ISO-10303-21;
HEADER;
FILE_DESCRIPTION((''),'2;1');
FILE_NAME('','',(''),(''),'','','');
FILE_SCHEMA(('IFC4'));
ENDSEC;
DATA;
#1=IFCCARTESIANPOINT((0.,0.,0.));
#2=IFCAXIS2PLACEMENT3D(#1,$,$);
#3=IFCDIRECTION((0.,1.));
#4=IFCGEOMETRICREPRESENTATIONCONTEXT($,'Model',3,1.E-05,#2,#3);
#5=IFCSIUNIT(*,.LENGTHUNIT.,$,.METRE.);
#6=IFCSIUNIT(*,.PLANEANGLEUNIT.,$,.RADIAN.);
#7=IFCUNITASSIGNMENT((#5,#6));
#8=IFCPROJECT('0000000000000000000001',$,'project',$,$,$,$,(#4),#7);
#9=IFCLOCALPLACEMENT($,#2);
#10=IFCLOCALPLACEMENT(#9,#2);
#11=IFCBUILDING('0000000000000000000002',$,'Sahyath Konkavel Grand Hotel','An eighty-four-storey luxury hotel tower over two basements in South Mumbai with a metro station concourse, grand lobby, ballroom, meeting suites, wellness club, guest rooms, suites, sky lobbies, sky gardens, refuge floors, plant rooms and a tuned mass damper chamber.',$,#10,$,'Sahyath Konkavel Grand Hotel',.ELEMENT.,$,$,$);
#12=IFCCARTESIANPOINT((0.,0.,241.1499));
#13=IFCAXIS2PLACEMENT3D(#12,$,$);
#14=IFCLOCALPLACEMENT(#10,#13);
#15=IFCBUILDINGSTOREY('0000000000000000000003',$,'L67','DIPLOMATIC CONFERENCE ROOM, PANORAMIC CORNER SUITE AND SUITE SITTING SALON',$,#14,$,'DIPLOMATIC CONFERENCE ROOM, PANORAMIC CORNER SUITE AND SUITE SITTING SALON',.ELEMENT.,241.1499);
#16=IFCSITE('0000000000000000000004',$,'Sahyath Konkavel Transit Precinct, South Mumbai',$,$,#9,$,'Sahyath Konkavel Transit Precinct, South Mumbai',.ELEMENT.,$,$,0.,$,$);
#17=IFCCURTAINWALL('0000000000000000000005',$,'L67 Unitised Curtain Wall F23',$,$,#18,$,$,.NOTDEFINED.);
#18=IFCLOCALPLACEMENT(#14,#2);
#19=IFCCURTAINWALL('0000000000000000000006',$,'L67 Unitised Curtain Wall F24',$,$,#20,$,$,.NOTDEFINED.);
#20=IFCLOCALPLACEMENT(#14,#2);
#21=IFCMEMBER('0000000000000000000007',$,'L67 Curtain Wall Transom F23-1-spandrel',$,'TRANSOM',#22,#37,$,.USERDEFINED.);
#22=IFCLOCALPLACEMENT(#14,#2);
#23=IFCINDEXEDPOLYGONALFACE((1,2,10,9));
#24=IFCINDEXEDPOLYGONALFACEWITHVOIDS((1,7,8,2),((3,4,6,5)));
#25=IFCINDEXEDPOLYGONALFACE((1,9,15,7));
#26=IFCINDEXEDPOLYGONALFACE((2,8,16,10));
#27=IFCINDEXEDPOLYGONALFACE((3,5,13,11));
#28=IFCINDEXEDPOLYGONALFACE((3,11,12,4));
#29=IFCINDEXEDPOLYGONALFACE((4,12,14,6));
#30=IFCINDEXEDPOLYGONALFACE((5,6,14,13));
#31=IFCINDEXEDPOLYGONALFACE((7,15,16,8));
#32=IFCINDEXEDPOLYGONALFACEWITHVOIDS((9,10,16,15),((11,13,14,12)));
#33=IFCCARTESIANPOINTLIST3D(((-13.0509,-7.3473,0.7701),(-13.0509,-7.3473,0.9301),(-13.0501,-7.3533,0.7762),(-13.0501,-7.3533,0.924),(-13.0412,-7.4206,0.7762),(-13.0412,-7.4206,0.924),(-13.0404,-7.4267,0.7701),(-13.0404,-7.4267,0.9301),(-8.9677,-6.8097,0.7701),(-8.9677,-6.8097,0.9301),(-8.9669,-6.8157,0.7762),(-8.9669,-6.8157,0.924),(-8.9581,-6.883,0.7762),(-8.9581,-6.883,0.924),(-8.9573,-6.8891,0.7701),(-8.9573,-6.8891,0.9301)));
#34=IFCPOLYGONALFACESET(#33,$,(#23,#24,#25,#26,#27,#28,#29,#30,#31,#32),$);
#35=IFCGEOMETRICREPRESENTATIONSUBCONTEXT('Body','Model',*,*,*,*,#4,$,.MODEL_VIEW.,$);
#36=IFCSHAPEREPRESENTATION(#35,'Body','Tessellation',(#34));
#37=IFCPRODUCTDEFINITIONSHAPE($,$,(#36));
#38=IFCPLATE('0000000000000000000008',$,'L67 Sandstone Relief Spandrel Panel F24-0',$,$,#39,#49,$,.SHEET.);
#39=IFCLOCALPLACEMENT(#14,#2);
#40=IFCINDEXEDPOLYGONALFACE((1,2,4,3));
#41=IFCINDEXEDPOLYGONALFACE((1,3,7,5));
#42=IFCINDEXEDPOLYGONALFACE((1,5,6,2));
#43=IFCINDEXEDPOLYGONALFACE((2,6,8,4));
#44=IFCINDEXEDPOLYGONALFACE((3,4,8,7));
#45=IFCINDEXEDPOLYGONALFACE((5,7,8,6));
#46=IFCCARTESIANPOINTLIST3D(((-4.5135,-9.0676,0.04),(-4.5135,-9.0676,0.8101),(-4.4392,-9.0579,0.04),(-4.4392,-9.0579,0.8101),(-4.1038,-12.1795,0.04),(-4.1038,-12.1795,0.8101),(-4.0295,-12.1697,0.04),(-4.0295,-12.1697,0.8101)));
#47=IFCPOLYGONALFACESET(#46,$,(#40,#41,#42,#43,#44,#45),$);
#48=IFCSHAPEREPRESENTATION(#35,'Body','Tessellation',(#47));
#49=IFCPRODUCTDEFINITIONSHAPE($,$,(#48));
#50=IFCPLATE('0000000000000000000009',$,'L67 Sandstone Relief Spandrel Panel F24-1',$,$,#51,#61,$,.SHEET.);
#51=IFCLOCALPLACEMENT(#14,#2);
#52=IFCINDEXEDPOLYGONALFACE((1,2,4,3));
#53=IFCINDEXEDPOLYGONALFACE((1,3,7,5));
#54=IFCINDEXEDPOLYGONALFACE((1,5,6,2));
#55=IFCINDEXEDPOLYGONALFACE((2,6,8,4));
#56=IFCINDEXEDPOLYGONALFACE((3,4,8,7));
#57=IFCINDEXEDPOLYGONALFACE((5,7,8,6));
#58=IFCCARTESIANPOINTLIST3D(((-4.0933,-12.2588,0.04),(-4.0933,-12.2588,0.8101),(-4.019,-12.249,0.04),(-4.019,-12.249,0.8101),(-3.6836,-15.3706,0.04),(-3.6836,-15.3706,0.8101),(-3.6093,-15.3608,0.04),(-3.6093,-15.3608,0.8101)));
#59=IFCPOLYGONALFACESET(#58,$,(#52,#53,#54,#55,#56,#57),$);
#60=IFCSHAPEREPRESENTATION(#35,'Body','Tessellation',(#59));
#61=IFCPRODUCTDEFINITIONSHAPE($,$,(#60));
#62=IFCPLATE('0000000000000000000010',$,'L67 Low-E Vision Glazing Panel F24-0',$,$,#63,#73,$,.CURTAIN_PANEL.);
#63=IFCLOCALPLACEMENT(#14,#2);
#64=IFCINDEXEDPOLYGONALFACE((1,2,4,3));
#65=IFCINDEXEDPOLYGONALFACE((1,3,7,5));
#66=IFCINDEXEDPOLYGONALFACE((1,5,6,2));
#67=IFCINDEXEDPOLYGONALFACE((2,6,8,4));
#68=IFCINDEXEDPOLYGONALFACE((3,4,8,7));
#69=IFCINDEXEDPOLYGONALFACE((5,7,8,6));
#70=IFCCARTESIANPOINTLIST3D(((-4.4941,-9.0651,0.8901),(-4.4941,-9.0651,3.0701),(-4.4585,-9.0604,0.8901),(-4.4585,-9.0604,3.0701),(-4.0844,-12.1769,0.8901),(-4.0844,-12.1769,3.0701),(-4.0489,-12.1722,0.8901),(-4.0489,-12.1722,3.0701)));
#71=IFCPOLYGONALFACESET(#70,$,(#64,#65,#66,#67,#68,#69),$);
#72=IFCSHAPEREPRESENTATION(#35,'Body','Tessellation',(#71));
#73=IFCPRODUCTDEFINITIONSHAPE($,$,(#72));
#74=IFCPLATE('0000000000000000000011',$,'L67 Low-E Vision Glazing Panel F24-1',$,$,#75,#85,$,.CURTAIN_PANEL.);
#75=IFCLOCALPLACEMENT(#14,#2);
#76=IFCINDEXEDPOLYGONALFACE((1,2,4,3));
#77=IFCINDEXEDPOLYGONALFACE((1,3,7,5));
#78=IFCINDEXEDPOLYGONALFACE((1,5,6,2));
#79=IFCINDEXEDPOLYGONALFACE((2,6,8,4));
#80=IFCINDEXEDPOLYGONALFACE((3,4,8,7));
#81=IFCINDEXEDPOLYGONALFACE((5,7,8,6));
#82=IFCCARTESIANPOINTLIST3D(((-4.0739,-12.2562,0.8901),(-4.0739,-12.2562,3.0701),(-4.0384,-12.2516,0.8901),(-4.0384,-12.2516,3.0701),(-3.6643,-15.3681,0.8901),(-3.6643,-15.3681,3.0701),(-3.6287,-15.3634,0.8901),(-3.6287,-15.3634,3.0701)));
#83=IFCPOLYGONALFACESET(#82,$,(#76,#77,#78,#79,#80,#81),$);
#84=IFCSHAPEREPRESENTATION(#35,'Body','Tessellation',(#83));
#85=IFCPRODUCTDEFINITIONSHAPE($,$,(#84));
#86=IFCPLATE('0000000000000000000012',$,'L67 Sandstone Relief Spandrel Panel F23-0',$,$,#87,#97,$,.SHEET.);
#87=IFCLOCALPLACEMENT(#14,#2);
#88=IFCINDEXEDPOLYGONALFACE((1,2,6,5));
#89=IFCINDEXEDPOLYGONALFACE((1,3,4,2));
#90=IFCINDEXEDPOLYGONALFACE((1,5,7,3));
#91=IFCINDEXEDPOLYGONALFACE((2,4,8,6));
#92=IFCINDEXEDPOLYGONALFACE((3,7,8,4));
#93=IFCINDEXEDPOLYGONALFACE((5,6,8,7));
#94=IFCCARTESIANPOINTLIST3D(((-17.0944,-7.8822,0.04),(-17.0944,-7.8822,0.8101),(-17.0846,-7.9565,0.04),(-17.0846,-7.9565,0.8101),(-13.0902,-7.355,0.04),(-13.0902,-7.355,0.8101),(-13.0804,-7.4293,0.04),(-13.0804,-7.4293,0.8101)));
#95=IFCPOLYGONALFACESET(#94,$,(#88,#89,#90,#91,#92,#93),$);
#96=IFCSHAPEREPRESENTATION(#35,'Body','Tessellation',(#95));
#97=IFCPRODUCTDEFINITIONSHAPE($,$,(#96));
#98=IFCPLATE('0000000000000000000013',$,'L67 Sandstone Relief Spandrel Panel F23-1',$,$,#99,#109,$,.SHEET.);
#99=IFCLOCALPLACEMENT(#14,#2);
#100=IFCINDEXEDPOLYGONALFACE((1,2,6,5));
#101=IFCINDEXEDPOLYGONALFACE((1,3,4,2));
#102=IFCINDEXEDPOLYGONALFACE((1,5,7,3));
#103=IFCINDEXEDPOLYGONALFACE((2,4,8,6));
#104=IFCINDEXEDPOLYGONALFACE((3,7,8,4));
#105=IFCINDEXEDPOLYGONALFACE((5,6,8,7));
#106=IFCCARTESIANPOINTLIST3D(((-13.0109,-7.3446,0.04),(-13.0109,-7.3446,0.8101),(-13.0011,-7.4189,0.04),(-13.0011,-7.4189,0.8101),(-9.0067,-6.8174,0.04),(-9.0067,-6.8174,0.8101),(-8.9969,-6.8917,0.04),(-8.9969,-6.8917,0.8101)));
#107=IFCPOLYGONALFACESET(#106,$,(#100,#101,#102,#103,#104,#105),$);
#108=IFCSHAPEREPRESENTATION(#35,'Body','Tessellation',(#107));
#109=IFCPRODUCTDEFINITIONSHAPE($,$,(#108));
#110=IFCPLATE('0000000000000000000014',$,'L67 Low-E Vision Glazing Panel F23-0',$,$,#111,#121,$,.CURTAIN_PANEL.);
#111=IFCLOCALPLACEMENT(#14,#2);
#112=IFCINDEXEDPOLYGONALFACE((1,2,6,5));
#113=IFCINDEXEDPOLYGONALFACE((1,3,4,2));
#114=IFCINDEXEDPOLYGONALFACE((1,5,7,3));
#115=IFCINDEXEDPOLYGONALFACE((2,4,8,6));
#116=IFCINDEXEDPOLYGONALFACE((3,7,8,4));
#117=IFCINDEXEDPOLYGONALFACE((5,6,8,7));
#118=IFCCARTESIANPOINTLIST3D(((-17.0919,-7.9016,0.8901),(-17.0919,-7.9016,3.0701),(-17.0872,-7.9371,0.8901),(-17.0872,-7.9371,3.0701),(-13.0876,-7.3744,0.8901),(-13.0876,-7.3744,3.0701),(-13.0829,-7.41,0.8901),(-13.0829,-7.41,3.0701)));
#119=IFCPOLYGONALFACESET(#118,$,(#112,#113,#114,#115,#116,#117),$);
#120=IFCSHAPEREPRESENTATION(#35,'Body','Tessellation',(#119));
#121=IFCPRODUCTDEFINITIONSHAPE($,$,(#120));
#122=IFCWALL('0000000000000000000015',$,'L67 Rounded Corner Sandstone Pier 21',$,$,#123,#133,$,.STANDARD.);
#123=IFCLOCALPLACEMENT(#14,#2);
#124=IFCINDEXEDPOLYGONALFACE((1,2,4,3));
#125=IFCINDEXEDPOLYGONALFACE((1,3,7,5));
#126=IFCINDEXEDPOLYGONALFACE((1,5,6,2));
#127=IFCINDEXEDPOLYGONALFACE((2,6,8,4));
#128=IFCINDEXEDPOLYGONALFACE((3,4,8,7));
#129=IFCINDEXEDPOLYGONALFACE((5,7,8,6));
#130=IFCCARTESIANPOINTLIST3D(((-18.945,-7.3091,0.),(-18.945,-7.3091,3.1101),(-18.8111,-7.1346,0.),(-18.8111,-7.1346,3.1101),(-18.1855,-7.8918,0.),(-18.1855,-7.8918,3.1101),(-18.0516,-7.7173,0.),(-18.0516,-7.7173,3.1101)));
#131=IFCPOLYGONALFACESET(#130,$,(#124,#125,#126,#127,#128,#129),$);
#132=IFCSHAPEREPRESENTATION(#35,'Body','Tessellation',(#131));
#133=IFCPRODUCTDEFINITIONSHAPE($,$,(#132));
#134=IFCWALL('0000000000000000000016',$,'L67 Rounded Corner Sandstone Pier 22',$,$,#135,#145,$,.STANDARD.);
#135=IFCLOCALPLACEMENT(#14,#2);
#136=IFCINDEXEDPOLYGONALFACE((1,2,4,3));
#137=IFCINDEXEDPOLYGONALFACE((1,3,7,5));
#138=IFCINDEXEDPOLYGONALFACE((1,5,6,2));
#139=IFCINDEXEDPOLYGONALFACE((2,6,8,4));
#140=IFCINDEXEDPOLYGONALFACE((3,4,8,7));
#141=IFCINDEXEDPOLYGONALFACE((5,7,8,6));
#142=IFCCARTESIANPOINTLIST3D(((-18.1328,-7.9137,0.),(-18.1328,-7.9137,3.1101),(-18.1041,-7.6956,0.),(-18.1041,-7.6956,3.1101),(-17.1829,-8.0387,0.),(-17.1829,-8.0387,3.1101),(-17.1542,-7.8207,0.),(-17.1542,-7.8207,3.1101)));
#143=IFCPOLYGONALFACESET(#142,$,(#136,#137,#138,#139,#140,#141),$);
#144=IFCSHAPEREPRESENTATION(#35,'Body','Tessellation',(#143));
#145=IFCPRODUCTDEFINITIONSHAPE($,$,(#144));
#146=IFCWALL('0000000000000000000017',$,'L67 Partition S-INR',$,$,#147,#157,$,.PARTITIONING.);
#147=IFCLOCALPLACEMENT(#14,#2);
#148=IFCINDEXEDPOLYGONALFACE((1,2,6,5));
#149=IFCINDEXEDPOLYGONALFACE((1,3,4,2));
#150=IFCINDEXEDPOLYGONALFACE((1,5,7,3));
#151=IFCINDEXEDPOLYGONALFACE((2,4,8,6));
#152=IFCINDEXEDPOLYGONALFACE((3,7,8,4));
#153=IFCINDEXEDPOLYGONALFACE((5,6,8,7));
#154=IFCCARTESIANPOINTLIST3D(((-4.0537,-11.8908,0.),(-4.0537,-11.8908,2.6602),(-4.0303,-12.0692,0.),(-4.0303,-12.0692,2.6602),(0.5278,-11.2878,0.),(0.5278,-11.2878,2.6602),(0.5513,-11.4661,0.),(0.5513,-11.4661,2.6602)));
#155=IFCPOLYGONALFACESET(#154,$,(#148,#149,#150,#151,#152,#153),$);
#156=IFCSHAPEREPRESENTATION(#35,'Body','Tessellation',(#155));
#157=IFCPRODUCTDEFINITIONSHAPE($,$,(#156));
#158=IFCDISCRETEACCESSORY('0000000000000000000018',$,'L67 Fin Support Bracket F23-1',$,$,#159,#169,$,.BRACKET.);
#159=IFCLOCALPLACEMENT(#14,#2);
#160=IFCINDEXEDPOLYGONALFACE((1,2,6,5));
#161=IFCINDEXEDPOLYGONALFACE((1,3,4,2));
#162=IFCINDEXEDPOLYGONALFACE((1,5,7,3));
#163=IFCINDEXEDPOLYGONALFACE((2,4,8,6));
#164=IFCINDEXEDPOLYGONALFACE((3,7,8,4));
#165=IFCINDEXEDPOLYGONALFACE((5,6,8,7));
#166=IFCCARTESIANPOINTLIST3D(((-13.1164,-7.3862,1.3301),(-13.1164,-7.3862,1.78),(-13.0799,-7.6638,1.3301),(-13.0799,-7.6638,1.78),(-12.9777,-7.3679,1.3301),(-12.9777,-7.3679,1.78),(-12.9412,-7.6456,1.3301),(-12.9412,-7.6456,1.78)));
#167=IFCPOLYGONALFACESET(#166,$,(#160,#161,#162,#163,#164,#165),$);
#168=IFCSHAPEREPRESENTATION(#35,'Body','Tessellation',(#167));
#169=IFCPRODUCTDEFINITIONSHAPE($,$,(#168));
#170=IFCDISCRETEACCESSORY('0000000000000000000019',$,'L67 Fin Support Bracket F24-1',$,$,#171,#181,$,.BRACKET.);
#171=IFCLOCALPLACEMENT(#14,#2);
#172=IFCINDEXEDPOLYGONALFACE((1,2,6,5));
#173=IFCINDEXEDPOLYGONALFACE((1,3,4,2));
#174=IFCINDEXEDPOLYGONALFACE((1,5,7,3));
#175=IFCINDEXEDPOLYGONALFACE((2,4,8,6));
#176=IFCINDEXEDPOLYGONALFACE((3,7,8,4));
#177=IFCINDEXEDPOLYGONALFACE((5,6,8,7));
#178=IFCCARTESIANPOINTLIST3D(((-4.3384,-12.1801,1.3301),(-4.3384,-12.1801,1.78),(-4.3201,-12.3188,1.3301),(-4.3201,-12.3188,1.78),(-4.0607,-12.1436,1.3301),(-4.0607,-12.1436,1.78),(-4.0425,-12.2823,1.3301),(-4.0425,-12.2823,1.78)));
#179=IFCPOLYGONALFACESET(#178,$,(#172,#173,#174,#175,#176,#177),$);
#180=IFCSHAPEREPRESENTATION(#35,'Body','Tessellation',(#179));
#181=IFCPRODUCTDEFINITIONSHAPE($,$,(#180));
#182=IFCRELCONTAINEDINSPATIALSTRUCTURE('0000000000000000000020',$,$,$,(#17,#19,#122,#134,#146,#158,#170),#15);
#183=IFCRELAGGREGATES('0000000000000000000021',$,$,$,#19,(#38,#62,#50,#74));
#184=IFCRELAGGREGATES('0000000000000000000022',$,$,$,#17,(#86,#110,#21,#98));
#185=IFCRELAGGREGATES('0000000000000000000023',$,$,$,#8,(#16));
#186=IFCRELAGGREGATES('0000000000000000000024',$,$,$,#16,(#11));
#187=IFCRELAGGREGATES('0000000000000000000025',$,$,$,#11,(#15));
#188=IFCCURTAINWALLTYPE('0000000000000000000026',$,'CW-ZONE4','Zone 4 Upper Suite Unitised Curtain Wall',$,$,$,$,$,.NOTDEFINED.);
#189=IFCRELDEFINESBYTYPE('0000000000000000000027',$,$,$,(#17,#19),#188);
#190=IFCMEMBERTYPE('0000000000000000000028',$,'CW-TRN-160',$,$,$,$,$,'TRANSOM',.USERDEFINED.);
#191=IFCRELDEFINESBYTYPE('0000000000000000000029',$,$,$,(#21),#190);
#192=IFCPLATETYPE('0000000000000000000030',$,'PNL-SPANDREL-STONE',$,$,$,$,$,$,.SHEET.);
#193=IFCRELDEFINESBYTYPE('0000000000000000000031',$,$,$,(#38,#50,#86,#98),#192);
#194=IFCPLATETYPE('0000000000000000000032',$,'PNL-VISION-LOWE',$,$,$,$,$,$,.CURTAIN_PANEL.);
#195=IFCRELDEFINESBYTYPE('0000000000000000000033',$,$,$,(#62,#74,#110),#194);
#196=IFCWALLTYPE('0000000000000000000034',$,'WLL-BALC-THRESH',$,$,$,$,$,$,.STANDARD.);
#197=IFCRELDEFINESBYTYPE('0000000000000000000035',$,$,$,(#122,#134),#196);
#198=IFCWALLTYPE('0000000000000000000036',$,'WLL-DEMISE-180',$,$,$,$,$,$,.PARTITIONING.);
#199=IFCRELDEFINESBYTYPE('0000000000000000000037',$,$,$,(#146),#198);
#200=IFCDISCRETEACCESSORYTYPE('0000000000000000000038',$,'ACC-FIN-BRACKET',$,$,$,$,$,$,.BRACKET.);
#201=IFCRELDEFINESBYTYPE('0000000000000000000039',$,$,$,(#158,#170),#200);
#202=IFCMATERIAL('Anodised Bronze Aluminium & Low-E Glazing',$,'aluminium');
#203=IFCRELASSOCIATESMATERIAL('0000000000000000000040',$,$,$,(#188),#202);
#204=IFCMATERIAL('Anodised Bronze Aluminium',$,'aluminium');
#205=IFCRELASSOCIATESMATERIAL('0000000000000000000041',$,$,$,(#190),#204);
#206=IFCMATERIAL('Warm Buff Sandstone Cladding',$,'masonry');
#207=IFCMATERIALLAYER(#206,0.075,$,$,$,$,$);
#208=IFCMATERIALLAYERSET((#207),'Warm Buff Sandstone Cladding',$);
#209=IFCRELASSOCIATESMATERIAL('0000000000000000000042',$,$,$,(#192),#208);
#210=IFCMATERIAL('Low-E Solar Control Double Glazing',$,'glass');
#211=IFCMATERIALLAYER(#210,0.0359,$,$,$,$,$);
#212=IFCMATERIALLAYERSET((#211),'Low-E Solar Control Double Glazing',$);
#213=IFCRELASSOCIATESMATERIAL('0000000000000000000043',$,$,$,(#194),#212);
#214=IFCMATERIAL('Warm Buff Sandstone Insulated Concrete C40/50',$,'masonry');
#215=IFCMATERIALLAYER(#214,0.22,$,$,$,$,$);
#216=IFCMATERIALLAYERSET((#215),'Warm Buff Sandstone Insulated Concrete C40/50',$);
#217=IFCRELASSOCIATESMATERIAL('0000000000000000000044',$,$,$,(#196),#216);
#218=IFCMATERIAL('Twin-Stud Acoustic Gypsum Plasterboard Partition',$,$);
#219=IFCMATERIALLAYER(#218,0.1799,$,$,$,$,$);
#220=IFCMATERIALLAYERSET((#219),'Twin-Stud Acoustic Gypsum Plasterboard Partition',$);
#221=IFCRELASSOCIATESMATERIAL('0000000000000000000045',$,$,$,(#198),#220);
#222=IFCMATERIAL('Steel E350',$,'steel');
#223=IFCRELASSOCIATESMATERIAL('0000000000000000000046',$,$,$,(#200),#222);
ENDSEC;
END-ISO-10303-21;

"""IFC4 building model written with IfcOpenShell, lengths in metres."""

from ifc_helpers import new_model, si_unit, direction, frame, frame_2d, origin, origin_2d, place, context, subcontext, project, spatial, rectangle, hollow_rectangle, extrude, source, transform, mapped, material, layer, layer_set, material_profile, profile_set, type_object, element, aggregate, save


model = new_model("IFC4")

# Units and contexts
model_context = context("Model", 3, precision=1e-05, world=origin(), true_north=direction((0.0, 1.0)))
body_context = subcontext(model_context, "Body", "Model", "MODEL_VIEW")
ifc_project = project(units=[si_unit("LENGTHUNIT", "METRE"), si_unit("PLANEANGLEUNIT", "RADIAN")], contexts=[model_context])

# Site, building, storey
site_placement = place(None, origin())
site = spatial("IfcSite", under=ifc_project, at=site_placement, Name="Sahyath Konkavel Transit Precinct, South Mumbai", LongName="Sahyath Konkavel Transit Precinct, South Mumbai", CompositionType="ELEMENT", RefElevation=0.0)
building_placement = place(site_placement, origin())
building = spatial("IfcBuilding", under=site, at=building_placement, Name="Sahyath Konkavel Grand Hotel", Description="An eighty-four-storey luxury hotel tower over two basements in South Mumbai with a metro station concourse, grand lobby, ballroom, meeting suites, wellness club, guest rooms, suites, sky lobbies, sky gardens, refuge floors, plant rooms and a tuned mass damper chamber.", LongName="Sahyath Konkavel Grand Hotel", CompositionType="ELEMENT")
storey_placement = place(building_placement, frame((0.0, 0.0, 241.1499)))
storey = spatial("IfcBuildingStorey", under=building, at=storey_placement, Name="L67", Description="DIPLOMATIC CONFERENCE ROOM, PANORAMIC CORNER SUITE AND SUITE SITTING SALON", LongName="DIPLOMATIC CONFERENCE ROOM, PANORAMIC CORNER SUITE AND SUITE SITTING SALON", CompositionType="ELEMENT", Elevation=241.1499)

# Curtain walls
ifc_material_1 = material(Name="Anodised Bronze Aluminium & Low-E Glazing", Category="aluminium")
curtain_wall_type = type_object("IfcCurtainWallType", Name="CW-ZONE4", Description="Zone 4 Upper Suite Unitised Curtain Wall", PredefinedType="NOTDEFINED", material=ifc_material_1)
curtain_wall_1_placement = place(storey_placement, origin())
curtain_wall_1 = element("IfcCurtainWall", 1, at=curtain_wall_1_placement, inside=storey, type_object=curtain_wall_type, Name="L67 Unitised Curtain Wall F23", PredefinedType="NOTDEFINED")
curtain_wall_2_placement = place(storey_placement, origin())
curtain_wall_2 = element("IfcCurtainWall", 2, at=curtain_wall_2_placement, inside=storey, type_object=curtain_wall_type, Name="L67 Unitised Curtain Wall F24", PredefinedType="NOTDEFINED")
ifc_material_2 = material(Name="Anodised Bronze Aluminium", Category="aluminium")

# Member
ifc_material_profile_1 = material_profile(ifc_material_2, hollow_rectangle(XDim=0.0801, YDim=0.1599, WallThickness=0.0061, at=origin_2d()), Name="RHS 160x80x6")
ifc_profile_set_1 = profile_set([ifc_material_profile_1], Name="Anodised Bronze Aluminium")
member_type_1 = type_object("IfcMemberType", Name="CW-TRN-160", ElementType="TRANSOM", PredefinedType="USERDEFINED", material=ifc_profile_set_1)
shared_shape_1 = source(origin(), body_context, "Body", "SweptSolid", [
    extrude(hollow_rectangle(XDim=0.0801, YDim=0.1599, WallThickness=0.0061, at=origin_2d()), origin(), (0.0, 0.0, 1.0), 4.1184),
])
member_1_placement = place(storey_placement, frame((-13.0457, -7.387, 0.8501), z_axis=(0.991444, 0.130533, 0.0), x_axis=(-0.130533, 0.991444, 0.0)))
member_1 = element("IfcMember", 3, at=member_1_placement, type_object=member_type_1, Name="L67 Curtain Wall Transom F23-1-spandrel", ObjectType="TRANSOM", PredefinedType="USERDEFINED", context=body_context, shape_type="MappedRepresentation", body=[
    mapped(shared_shape_1, transform((0.0, 0.0, 0.0), scale=1.0)),
])

# Plates
ifc_material_3 = material(Name="Warm Buff Sandstone Cladding", Category="masonry")
ifc_layer_1 = layer(ifc_material_3, 0.075)
ifc_layer_set_1 = layer_set([ifc_layer_1], Name="Warm Buff Sandstone Cladding")
plate_type_1 = type_object("IfcPlateType", Name="PNL-SPANDREL-STONE", PredefinedType="SHEET", material=ifc_layer_set_1)
shared_shape_2 = source(origin(), body_context, "Body", "SweptSolid", [
    extrude(rectangle(XDim=3.1387, YDim=0.075, at=origin_2d()), origin(), (0.0, 0.0, 1.0), 0.77),
])
plate_1_placement = place(storey_placement, frame((-4.2715, -10.6187, 0.04), z_axis=(0.0, 0.0, 1.0), x_axis=(0.130526, -0.991445, 0.0)))
plate_1 = element("IfcPlate", 4, at=plate_1_placement, type_object=plate_type_1, Name="L67 Sandstone Relief Spandrel Panel F24-0", PredefinedType="SHEET", context=body_context, shape_type="MappedRepresentation", body=[
    mapped(shared_shape_2, transform((0.0, 0.0, 0.0), scale=1.0)),
])
plate_2_placement = place(storey_placement, frame((-3.8513, -13.8098, 0.04), z_axis=(0.0, 0.0, 1.0), x_axis=(0.130526, -0.991445, 0.0)))
plate_2 = element("IfcPlate", 5, at=plate_2_placement, type_object=plate_type_1, Name="L67 Sandstone Relief Spandrel Panel F24-1", PredefinedType="SHEET", context=body_context, shape_type="MappedRepresentation", body=[
    mapped(shared_shape_2, transform((0.0, 0.0, 0.0), scale=1.0)),
])
ifc_material_4 = material(Name="Low-E Solar Control Double Glazing", Category="glass")
ifc_layer_2 = layer(ifc_material_4, 0.0359)
ifc_layer_set_2 = layer_set([ifc_layer_2], Name="Low-E Solar Control Double Glazing")
plate_type_2 = type_object("IfcPlateType", Name="PNL-VISION-LOWE", PredefinedType="CURTAIN_PANEL", material=ifc_layer_set_2)
shared_shape_3 = source(origin(), body_context, "Body", "SweptSolid", [
    extrude(rectangle(XDim=3.1387, YDim=0.0359, at=origin_2d()), origin(), (0.0, 0.0, 1.0), 2.1799),
])
plate_3_placement = place(storey_placement, frame((-4.2715, -10.6187, 0.8901), z_axis=(0.0, 0.0, 1.0), x_axis=(0.130526, -0.991445, 0.0)))
plate_3 = element("IfcPlate", 6, at=plate_3_placement, type_object=plate_type_2, Name="L67 Low-E Vision Glazing Panel F24-0", PredefinedType="CURTAIN_PANEL", context=body_context, shape_type="MappedRepresentation", body=[
    mapped(shared_shape_3, transform((0.0, 0.0, 0.0), scale=1.0)),
])
plate_4_placement = place(storey_placement, frame((-3.8513, -13.8098, 0.8901), z_axis=(0.0, 0.0, 1.0), x_axis=(0.130526, -0.991445, 0.0)))
plate_4 = element("IfcPlate", 7, at=plate_4_placement, type_object=plate_type_2, Name="L67 Low-E Vision Glazing Panel F24-1", PredefinedType="CURTAIN_PANEL", context=body_context, shape_type="MappedRepresentation", body=[
    mapped(shared_shape_3, transform((0.0, 0.0, 0.0), scale=1.0)),
])
aggregate(curtain_wall_2, [plate_1, plate_3, plate_2, plate_4])
shared_shape_4 = source(origin(), body_context, "Body", "SweptSolid", [
    extrude(rectangle(XDim=4.0388, YDim=0.075, at=origin_2d()), origin(), (0.0, 0.0, 1.0), 0.77),
])
plate_5_placement = place(storey_placement, frame((-15.0874, -7.6558, 0.04), z_axis=(0.0, 0.0, 1.0), x_axis=(0.991445, 0.130526, 0.0)))
plate_5 = element("IfcPlate", 8, at=plate_5_placement, type_object=plate_type_1, Name="L67 Sandstone Relief Spandrel Panel F23-0", PredefinedType="SHEET", context=body_context, shape_type="MappedRepresentation", body=[
    mapped(shared_shape_4, transform((0.0, 0.0, 0.0), scale=1.0)),
])
plate_6_placement = place(storey_placement, frame((-11.0039, -7.1182, 0.04), z_axis=(0.0, 0.0, 1.0), x_axis=(0.991445, 0.130526, 0.0)))
plate_6 = element("IfcPlate", 9, at=plate_6_placement, type_object=plate_type_1, Name="L67 Sandstone Relief Spandrel Panel F23-1", PredefinedType="SHEET", context=body_context, shape_type="MappedRepresentation", body=[
    mapped(shared_shape_4, transform((0.0, 0.0, 0.0), scale=1.0)),
])
shared_shape_5 = source(origin(), body_context, "Body", "SweptSolid", [
    extrude(rectangle(XDim=4.0388, YDim=0.0359, at=origin_2d()), origin(), (0.0, 0.0, 1.0), 2.1799),
])
plate_7_placement = place(storey_placement, frame((-15.0874, -7.6558, 0.8901), z_axis=(0.0, 0.0, 1.0), x_axis=(0.991445, 0.130526, 0.0)))
plate_7 = element("IfcPlate", 10, at=plate_7_placement, type_object=plate_type_2, Name="L67 Low-E Vision Glazing Panel F23-0", PredefinedType="CURTAIN_PANEL", context=body_context, shape_type="MappedRepresentation", body=[
    mapped(shared_shape_5, transform((0.0, 0.0, 0.0), scale=1.0)),
])
aggregate(curtain_wall_1, [plate_5, plate_7, member_1, plate_6])

# Walls
ifc_material_5 = material(Name="Warm Buff Sandstone Insulated Concrete C40/50", Category="masonry")
ifc_layer_3 = layer(ifc_material_5, 0.22)
ifc_layer_set_3 = layer_set([ifc_layer_3], Name="Warm Buff Sandstone Insulated Concrete C40/50")
wall_type_1 = type_object("IfcWallType", Name="WLL-BALC-THRESH", PredefinedType="STANDARD", material=ifc_layer_set_3)
wall_1_placement = place(storey_placement, frame((-18.8779, -7.2219, 0.0), z_axis=(0.0, 0.0, 1.0), x_axis=(0.793372, -0.608737, 0.0)))
element("IfcWall", 11, at=wall_1_placement, inside=storey, type_object=wall_type_1, Name="L67 Rounded Corner Sandstone Pier 21", PredefinedType="STANDARD", context=body_context, shape_type="SweptSolid", body=[
    extrude(rectangle(XDim=0.9573, YDim=0.22, at=frame_2d((0.4785, 0.0))), origin(), (0.0, 0.0, 1.0), 3.1101),
])
wall_2_placement = place(storey_placement, frame((-18.1184, -7.8047, 0.0), z_axis=(0.0, 0.0, 1.0), x_axis=(0.991449, -0.130494, 0.0)))
element("IfcWall", 12, at=wall_2_placement, inside=storey, type_object=wall_type_1, Name="L67 Rounded Corner Sandstone Pier 22", PredefinedType="STANDARD", context=body_context, shape_type="SweptSolid", body=[
    extrude(rectangle(XDim=0.958, YDim=0.22, at=frame_2d((0.479, 0.0))), origin(), (0.0, 0.0, 1.0), 3.1101),
])
ifc_material_6 = material(Name="Twin-Stud Acoustic Gypsum Plasterboard Partition")
ifc_layer_4 = layer(ifc_material_6, 0.1799)
ifc_layer_set_4 = layer_set([ifc_layer_4], Name="Twin-Stud Acoustic Gypsum Plasterboard Partition")
wall_type_2 = type_object("IfcWallType", Name="WLL-DEMISE-180", PredefinedType="PARTITIONING", material=ifc_layer_set_4)
wall_3_placement = place(storey_placement, frame((-4.042, -11.98, 0.0), z_axis=(0.0, 0.0, 1.0), x_axis=(0.991449, 0.130496, 0.0)))
element("IfcWall", 13, at=wall_3_placement, inside=storey, type_object=wall_type_2, Name="L67 Partition S-INR", PredefinedType="PARTITIONING", context=body_context, shape_type="SweptSolid", body=[
    extrude(rectangle(XDim=4.6211, YDim=0.1799, at=frame_2d((2.3105, 0.0))), origin(), (0.0, 0.0, 1.0), 2.6602),
])

# Discrete accessories
ifc_material_7 = material(Name="Steel E350", Category="steel")
discrete_accessory_type = type_object("IfcDiscreteAccessoryType", Name="ACC-FIN-BRACKET", PredefinedType="BRACKET", material=ifc_material_7)
shared_shape_6 = source(origin(), body_context, "Body", "SweptSolid", [
    extrude(rectangle(XDim=0.28, YDim=0.1399, at=origin_2d()), origin(), (0.0, 0.0, 1.0), 0.45),
])
for number, where, z_axis, x_axis, name in (
    (14, (-13.0288, -7.5159, 1.3301), (0.0, 0.0, 1.0), (0.130526, -0.991445, 0.0), "L67 Fin Support Bracket F23-1"),
    (15, (-4.1904, -12.2312, 1.3301), (0.0, 0.0, 1.0), (-0.991445, -0.130526, 0.0), "L67 Fin Support Bracket F24-1"),
):
    element("IfcDiscreteAccessory", number, at=place(storey_placement, frame(where, z_axis=z_axis, x_axis=x_axis)), inside=storey, type_object=discrete_accessory_type, Name=name, PredefinedType="BRACKET", context=body_context, shape_type="MappedRepresentation", body=[
        mapped(shared_shape_6, transform((0.0, 0.0, 0.0), scale=1.0)),
    ])

save(model, "model.ifc")
